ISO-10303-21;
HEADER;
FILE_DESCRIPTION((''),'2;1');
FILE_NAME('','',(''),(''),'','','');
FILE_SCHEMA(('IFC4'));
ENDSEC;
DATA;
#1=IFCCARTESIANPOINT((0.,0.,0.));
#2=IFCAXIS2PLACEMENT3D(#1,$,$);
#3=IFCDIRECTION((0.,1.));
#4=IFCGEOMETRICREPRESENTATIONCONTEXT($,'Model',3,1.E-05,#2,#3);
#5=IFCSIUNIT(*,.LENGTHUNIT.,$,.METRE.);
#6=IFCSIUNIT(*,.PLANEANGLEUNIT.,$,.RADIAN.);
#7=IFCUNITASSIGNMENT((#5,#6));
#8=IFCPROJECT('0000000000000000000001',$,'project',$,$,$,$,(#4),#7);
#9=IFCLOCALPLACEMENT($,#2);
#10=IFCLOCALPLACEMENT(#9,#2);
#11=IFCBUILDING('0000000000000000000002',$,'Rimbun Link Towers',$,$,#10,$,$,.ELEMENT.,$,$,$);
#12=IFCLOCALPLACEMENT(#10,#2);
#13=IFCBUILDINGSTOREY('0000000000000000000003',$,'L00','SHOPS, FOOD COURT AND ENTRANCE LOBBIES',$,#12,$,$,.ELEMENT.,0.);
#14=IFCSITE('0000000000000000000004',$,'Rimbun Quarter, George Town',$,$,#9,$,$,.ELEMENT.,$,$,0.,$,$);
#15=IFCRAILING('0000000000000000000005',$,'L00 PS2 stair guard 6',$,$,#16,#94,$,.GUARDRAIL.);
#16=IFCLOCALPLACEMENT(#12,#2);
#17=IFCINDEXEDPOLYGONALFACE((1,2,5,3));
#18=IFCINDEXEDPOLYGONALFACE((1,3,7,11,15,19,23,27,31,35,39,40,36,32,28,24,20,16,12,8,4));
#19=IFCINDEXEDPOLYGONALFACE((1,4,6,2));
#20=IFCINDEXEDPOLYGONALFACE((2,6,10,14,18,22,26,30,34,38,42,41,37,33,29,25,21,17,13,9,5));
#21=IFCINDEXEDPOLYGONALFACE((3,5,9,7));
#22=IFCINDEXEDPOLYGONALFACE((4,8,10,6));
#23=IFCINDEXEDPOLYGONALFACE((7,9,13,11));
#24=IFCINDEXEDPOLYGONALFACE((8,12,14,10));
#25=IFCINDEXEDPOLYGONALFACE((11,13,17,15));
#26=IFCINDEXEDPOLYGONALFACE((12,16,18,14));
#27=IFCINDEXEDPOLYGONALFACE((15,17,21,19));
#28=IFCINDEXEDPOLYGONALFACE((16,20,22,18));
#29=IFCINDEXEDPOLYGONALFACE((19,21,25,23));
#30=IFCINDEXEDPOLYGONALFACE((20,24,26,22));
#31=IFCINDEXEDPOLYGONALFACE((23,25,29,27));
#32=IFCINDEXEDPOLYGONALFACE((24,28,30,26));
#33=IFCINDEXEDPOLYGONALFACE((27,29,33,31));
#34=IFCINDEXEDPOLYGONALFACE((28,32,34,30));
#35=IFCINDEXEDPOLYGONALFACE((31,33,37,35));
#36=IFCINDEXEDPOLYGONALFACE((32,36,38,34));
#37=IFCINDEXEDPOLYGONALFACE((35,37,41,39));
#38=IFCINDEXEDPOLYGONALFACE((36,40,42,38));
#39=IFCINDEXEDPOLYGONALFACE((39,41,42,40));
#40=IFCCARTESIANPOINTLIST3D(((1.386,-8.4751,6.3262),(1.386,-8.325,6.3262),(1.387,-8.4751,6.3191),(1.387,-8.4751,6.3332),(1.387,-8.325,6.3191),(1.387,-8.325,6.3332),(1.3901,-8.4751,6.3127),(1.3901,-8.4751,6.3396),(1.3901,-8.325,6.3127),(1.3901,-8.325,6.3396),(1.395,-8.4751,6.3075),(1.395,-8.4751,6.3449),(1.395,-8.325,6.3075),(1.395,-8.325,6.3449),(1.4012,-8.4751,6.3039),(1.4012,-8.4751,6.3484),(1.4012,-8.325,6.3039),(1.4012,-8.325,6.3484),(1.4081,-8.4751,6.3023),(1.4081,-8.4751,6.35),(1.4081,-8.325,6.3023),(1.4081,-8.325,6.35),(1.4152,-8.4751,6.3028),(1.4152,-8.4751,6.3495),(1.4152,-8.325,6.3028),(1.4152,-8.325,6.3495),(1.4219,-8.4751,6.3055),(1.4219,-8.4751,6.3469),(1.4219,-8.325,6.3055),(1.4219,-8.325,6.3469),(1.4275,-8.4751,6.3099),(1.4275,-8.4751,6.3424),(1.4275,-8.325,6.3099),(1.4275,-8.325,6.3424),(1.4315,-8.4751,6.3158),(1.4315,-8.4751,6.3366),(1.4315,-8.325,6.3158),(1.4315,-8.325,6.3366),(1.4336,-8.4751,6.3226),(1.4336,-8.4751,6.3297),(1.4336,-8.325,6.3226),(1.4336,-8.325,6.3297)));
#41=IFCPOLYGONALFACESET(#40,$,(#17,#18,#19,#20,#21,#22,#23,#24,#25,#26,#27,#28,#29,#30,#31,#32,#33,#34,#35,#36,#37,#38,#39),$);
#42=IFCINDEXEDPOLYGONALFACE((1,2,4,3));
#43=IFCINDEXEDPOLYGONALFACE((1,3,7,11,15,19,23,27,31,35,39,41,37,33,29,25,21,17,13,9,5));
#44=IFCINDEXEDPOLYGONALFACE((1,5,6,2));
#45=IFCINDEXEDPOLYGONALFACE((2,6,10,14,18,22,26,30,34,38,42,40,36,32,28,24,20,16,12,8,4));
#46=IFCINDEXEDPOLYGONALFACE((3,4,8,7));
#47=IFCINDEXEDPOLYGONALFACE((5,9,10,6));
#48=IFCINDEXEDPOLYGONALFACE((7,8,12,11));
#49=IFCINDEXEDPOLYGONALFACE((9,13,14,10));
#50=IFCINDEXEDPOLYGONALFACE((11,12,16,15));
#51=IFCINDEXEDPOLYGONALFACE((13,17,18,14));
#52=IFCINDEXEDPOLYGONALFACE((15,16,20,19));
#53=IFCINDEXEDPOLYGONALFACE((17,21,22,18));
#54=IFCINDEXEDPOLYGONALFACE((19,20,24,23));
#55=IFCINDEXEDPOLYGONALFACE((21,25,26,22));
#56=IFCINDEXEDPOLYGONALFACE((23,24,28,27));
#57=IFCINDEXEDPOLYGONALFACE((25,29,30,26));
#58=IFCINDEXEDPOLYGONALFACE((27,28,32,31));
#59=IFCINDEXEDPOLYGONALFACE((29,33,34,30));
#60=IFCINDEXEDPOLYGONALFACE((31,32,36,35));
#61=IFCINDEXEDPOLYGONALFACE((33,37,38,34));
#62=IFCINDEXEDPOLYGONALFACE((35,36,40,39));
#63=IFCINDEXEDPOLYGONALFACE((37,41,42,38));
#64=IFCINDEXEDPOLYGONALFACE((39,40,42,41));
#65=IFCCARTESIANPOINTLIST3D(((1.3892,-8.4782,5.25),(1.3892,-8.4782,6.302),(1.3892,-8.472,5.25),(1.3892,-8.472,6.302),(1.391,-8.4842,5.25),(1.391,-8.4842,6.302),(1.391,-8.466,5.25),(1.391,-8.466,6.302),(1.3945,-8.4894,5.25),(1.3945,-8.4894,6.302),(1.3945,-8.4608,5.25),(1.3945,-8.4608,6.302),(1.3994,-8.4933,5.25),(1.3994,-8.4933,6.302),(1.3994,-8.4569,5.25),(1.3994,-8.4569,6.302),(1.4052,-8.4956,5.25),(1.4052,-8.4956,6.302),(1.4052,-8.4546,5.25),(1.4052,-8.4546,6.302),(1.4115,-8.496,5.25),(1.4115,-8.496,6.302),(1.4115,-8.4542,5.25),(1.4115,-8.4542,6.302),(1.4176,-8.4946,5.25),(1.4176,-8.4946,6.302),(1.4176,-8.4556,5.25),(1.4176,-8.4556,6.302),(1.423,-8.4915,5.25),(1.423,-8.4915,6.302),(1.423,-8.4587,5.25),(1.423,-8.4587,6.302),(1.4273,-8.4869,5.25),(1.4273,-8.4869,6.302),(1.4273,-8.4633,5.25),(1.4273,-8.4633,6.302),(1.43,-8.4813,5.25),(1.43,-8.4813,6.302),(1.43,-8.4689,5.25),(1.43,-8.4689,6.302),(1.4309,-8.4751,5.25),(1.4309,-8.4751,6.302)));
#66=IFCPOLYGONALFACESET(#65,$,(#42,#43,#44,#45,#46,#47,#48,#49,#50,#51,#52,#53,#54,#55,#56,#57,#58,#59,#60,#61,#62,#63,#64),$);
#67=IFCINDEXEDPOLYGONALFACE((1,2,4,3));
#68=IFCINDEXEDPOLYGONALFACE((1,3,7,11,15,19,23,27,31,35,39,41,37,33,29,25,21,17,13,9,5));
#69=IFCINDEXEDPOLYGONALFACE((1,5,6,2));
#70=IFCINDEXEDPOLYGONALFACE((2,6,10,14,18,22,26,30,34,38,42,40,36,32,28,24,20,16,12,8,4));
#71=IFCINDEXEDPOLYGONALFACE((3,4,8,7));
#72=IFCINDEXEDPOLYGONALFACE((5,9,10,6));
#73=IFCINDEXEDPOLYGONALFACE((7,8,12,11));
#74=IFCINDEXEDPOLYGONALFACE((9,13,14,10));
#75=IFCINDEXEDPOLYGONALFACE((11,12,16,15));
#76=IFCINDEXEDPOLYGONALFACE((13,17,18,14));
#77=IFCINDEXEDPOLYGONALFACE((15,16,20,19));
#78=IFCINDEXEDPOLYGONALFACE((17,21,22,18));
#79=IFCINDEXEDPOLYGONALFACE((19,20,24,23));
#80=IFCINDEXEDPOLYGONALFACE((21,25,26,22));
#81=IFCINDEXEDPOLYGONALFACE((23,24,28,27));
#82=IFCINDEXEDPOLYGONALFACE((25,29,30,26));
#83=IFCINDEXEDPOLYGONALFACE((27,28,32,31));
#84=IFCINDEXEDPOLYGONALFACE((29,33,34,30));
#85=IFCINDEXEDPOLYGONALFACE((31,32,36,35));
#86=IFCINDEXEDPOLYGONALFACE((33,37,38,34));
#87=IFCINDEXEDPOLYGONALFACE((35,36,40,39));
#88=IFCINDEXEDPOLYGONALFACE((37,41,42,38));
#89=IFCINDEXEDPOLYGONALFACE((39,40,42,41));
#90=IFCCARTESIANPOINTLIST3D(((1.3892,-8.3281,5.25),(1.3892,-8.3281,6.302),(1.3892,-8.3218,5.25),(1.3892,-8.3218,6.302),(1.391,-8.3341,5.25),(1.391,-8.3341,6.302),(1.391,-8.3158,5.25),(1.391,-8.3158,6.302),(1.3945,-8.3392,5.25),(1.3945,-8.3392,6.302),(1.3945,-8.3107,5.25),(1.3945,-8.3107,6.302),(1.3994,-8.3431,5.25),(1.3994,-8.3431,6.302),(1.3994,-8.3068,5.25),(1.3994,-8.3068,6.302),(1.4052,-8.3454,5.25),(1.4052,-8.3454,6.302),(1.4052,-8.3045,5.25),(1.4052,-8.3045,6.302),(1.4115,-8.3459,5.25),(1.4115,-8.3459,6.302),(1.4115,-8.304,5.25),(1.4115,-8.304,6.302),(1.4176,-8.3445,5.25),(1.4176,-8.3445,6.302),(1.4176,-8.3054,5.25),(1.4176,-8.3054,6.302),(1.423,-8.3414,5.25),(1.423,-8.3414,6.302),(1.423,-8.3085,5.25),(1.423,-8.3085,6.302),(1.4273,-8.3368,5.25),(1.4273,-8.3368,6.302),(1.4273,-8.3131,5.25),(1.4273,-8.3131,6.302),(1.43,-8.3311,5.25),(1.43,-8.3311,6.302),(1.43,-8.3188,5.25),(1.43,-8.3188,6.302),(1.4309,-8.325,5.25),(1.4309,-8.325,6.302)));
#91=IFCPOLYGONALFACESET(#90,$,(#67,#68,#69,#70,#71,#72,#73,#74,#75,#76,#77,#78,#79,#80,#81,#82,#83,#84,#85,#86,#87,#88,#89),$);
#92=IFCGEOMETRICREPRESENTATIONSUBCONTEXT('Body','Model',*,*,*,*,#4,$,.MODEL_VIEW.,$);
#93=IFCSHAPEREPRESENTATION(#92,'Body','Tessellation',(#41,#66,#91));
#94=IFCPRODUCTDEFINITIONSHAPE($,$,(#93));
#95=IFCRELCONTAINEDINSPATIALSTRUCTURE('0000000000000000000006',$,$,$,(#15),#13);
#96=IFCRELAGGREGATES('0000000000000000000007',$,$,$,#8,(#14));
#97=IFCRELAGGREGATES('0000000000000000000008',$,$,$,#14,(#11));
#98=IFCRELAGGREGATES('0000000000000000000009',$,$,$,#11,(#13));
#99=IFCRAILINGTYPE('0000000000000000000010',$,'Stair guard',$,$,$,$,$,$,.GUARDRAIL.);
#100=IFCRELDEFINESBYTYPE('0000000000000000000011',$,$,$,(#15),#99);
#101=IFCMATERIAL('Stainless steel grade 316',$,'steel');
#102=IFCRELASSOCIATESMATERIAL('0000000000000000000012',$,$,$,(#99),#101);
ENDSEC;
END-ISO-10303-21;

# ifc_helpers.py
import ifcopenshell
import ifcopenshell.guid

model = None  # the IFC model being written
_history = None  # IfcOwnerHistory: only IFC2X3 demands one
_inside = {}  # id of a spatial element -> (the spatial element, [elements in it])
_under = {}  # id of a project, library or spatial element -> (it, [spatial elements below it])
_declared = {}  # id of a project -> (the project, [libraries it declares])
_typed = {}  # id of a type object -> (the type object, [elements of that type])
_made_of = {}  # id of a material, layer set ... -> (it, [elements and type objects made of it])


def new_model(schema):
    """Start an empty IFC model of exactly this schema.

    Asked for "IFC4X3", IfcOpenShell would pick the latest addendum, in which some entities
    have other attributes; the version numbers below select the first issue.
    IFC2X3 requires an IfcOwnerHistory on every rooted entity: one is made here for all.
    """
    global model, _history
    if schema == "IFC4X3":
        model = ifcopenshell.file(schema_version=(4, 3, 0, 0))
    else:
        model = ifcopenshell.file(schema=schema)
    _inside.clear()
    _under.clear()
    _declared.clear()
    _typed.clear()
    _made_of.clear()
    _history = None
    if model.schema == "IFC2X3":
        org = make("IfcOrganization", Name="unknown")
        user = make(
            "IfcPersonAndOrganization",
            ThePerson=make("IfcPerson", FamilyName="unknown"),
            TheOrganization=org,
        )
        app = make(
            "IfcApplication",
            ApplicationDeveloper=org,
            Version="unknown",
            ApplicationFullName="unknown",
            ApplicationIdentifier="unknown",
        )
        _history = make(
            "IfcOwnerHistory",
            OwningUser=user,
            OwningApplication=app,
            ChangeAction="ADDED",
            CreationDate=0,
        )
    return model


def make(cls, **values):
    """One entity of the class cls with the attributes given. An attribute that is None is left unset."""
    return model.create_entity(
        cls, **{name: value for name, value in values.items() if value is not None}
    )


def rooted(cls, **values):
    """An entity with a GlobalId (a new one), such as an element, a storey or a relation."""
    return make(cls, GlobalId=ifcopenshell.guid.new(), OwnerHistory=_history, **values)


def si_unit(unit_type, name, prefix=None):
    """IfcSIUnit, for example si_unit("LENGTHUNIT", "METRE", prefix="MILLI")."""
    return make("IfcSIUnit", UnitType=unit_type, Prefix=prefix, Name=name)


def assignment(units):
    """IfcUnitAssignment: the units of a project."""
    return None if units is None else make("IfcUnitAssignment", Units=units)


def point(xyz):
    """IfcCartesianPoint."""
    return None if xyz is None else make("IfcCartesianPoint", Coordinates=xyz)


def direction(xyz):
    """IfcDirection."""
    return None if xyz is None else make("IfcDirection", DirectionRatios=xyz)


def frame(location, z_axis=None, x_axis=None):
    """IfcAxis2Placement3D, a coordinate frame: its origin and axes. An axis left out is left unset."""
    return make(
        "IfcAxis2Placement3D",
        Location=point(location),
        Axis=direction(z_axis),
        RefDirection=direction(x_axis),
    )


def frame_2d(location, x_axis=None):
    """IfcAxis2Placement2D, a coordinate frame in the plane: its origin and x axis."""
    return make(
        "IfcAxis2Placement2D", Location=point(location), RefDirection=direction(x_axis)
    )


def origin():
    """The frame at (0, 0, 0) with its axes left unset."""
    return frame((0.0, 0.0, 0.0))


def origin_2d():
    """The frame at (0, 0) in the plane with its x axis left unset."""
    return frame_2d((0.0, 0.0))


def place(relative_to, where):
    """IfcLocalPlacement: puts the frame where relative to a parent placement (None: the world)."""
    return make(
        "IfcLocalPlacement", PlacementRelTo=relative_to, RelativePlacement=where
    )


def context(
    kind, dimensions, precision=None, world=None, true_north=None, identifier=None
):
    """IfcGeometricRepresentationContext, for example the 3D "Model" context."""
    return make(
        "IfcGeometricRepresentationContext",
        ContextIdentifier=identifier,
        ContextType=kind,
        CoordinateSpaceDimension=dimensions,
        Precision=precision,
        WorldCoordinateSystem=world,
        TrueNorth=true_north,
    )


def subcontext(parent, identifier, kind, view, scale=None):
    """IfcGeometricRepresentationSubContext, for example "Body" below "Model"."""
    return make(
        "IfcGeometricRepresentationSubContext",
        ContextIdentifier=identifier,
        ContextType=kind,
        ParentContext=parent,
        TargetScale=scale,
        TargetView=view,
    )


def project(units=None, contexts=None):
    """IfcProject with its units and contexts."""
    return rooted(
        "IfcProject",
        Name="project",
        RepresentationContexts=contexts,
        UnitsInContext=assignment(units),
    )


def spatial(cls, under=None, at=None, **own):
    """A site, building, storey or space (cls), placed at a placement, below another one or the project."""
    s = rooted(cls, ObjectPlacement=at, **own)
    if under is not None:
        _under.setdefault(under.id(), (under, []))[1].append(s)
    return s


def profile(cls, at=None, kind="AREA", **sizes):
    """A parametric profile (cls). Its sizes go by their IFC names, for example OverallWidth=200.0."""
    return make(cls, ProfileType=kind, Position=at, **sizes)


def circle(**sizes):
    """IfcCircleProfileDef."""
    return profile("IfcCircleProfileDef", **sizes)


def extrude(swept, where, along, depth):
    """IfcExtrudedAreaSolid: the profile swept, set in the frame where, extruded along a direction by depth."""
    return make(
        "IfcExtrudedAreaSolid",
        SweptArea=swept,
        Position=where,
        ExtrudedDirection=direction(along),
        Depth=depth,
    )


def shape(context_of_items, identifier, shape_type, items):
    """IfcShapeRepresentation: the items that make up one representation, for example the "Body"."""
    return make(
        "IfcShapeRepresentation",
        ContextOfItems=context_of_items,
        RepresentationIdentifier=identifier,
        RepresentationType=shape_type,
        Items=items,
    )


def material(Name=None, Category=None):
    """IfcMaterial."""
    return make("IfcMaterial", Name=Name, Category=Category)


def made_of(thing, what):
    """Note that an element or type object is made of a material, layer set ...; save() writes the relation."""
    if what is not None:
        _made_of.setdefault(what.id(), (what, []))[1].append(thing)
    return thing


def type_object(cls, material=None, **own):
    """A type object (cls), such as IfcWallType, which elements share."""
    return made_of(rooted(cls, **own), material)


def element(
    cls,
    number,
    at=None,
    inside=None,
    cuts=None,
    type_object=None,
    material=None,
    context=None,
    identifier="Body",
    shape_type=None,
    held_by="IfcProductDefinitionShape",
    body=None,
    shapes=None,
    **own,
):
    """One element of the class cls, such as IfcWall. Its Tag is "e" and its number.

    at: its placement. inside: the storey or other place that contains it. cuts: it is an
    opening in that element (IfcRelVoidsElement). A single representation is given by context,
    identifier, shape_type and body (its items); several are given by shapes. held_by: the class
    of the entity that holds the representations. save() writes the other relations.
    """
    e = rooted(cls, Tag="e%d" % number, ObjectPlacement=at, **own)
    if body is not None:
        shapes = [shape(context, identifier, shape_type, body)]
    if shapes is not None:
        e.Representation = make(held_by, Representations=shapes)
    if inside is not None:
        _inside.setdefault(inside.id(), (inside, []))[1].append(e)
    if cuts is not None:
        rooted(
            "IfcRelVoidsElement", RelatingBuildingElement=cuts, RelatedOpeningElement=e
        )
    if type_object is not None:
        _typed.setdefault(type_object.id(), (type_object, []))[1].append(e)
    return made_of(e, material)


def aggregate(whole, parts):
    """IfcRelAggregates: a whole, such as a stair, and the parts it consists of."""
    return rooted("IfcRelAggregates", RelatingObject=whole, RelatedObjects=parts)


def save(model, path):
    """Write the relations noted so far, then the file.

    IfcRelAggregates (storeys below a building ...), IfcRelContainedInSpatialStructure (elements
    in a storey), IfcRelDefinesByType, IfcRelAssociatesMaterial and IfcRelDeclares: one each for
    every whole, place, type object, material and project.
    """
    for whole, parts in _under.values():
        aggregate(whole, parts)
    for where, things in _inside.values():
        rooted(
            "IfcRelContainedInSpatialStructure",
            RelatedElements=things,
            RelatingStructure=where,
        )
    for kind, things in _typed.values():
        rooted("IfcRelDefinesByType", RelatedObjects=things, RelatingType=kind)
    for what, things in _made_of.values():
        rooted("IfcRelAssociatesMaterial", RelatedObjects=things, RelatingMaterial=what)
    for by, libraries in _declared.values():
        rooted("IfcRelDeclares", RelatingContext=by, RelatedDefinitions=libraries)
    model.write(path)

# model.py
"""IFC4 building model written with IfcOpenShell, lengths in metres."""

from ifc_helpers import new_model, si_unit, direction, frame, origin, origin_2d, place, context, subcontext, project, spatial, circle, extrude, material, type_object, element, save


model = new_model("IFC4")

# Units and contexts
model_context = context("Model", 3, precision=1e-05, world=origin(), true_north=direction((0.0, 1.0)))
body_context = subcontext(model_context, "Body", "Model", "MODEL_VIEW")
ifc_project = project(units=[si_unit("LENGTHUNIT", "METRE"), si_unit("PLANEANGLEUNIT", "RADIAN")], contexts=[model_context])

# Site, building, storey
site_placement = place(None, origin())
site = spatial("IfcSite", under=ifc_project, at=site_placement, Name="Rimbun Quarter, George Town", CompositionType="ELEMENT", RefElevation=0.0)
building_placement = place(site_placement, origin())
building = spatial("IfcBuilding", under=site, at=building_placement, Name="Rimbun Link Towers", CompositionType="ELEMENT")
storey_placement = place(building_placement, origin())
storey = spatial("IfcBuildingStorey", under=building, at=storey_placement, Name="L00", Description="SHOPS, FOOD COURT AND ENTRANCE LOBBIES", CompositionType="ELEMENT", Elevation=0.0)

# Railing
ifc_material_1 = material(Name="Stainless steel grade 316", Category="steel")
railing_type_1 = type_object("IfcRailingType", Name="Stair guard", PredefinedType="GUARDRAIL", material=ifc_material_1)
railing_1_placement = place(storey_placement, frame((1.4099, -8.4751, 5.25)))
element("IfcRailing", 1, at=railing_1_placement, inside=storey, type_object=railing_type_1, Name="L00 PS2 stair guard 6", PredefinedType="GUARDRAIL", context=body_context, shape_type="SweptSolid", body=[
    extrude(circle(Radius=0.0239, at=origin_2d()), frame((0.0, 0.0, 1.0762), z_axis=(0.0, 1.0, 0.0), x_axis=(-1.0, 0.0, 0.0)), (0.0, 0.0, 1.0), 0.1501),
    extrude(circle(Radius=0.021, at=origin_2d()), origin(), (0.0, 0.0, 1.0), 1.052),
    extrude(circle(Radius=0.021, at=origin_2d()), frame((0.0, 0.1501, 0.0)), (0.0, 0.0, 1.0), 1.052),
])

save(model, "model.ifc")
